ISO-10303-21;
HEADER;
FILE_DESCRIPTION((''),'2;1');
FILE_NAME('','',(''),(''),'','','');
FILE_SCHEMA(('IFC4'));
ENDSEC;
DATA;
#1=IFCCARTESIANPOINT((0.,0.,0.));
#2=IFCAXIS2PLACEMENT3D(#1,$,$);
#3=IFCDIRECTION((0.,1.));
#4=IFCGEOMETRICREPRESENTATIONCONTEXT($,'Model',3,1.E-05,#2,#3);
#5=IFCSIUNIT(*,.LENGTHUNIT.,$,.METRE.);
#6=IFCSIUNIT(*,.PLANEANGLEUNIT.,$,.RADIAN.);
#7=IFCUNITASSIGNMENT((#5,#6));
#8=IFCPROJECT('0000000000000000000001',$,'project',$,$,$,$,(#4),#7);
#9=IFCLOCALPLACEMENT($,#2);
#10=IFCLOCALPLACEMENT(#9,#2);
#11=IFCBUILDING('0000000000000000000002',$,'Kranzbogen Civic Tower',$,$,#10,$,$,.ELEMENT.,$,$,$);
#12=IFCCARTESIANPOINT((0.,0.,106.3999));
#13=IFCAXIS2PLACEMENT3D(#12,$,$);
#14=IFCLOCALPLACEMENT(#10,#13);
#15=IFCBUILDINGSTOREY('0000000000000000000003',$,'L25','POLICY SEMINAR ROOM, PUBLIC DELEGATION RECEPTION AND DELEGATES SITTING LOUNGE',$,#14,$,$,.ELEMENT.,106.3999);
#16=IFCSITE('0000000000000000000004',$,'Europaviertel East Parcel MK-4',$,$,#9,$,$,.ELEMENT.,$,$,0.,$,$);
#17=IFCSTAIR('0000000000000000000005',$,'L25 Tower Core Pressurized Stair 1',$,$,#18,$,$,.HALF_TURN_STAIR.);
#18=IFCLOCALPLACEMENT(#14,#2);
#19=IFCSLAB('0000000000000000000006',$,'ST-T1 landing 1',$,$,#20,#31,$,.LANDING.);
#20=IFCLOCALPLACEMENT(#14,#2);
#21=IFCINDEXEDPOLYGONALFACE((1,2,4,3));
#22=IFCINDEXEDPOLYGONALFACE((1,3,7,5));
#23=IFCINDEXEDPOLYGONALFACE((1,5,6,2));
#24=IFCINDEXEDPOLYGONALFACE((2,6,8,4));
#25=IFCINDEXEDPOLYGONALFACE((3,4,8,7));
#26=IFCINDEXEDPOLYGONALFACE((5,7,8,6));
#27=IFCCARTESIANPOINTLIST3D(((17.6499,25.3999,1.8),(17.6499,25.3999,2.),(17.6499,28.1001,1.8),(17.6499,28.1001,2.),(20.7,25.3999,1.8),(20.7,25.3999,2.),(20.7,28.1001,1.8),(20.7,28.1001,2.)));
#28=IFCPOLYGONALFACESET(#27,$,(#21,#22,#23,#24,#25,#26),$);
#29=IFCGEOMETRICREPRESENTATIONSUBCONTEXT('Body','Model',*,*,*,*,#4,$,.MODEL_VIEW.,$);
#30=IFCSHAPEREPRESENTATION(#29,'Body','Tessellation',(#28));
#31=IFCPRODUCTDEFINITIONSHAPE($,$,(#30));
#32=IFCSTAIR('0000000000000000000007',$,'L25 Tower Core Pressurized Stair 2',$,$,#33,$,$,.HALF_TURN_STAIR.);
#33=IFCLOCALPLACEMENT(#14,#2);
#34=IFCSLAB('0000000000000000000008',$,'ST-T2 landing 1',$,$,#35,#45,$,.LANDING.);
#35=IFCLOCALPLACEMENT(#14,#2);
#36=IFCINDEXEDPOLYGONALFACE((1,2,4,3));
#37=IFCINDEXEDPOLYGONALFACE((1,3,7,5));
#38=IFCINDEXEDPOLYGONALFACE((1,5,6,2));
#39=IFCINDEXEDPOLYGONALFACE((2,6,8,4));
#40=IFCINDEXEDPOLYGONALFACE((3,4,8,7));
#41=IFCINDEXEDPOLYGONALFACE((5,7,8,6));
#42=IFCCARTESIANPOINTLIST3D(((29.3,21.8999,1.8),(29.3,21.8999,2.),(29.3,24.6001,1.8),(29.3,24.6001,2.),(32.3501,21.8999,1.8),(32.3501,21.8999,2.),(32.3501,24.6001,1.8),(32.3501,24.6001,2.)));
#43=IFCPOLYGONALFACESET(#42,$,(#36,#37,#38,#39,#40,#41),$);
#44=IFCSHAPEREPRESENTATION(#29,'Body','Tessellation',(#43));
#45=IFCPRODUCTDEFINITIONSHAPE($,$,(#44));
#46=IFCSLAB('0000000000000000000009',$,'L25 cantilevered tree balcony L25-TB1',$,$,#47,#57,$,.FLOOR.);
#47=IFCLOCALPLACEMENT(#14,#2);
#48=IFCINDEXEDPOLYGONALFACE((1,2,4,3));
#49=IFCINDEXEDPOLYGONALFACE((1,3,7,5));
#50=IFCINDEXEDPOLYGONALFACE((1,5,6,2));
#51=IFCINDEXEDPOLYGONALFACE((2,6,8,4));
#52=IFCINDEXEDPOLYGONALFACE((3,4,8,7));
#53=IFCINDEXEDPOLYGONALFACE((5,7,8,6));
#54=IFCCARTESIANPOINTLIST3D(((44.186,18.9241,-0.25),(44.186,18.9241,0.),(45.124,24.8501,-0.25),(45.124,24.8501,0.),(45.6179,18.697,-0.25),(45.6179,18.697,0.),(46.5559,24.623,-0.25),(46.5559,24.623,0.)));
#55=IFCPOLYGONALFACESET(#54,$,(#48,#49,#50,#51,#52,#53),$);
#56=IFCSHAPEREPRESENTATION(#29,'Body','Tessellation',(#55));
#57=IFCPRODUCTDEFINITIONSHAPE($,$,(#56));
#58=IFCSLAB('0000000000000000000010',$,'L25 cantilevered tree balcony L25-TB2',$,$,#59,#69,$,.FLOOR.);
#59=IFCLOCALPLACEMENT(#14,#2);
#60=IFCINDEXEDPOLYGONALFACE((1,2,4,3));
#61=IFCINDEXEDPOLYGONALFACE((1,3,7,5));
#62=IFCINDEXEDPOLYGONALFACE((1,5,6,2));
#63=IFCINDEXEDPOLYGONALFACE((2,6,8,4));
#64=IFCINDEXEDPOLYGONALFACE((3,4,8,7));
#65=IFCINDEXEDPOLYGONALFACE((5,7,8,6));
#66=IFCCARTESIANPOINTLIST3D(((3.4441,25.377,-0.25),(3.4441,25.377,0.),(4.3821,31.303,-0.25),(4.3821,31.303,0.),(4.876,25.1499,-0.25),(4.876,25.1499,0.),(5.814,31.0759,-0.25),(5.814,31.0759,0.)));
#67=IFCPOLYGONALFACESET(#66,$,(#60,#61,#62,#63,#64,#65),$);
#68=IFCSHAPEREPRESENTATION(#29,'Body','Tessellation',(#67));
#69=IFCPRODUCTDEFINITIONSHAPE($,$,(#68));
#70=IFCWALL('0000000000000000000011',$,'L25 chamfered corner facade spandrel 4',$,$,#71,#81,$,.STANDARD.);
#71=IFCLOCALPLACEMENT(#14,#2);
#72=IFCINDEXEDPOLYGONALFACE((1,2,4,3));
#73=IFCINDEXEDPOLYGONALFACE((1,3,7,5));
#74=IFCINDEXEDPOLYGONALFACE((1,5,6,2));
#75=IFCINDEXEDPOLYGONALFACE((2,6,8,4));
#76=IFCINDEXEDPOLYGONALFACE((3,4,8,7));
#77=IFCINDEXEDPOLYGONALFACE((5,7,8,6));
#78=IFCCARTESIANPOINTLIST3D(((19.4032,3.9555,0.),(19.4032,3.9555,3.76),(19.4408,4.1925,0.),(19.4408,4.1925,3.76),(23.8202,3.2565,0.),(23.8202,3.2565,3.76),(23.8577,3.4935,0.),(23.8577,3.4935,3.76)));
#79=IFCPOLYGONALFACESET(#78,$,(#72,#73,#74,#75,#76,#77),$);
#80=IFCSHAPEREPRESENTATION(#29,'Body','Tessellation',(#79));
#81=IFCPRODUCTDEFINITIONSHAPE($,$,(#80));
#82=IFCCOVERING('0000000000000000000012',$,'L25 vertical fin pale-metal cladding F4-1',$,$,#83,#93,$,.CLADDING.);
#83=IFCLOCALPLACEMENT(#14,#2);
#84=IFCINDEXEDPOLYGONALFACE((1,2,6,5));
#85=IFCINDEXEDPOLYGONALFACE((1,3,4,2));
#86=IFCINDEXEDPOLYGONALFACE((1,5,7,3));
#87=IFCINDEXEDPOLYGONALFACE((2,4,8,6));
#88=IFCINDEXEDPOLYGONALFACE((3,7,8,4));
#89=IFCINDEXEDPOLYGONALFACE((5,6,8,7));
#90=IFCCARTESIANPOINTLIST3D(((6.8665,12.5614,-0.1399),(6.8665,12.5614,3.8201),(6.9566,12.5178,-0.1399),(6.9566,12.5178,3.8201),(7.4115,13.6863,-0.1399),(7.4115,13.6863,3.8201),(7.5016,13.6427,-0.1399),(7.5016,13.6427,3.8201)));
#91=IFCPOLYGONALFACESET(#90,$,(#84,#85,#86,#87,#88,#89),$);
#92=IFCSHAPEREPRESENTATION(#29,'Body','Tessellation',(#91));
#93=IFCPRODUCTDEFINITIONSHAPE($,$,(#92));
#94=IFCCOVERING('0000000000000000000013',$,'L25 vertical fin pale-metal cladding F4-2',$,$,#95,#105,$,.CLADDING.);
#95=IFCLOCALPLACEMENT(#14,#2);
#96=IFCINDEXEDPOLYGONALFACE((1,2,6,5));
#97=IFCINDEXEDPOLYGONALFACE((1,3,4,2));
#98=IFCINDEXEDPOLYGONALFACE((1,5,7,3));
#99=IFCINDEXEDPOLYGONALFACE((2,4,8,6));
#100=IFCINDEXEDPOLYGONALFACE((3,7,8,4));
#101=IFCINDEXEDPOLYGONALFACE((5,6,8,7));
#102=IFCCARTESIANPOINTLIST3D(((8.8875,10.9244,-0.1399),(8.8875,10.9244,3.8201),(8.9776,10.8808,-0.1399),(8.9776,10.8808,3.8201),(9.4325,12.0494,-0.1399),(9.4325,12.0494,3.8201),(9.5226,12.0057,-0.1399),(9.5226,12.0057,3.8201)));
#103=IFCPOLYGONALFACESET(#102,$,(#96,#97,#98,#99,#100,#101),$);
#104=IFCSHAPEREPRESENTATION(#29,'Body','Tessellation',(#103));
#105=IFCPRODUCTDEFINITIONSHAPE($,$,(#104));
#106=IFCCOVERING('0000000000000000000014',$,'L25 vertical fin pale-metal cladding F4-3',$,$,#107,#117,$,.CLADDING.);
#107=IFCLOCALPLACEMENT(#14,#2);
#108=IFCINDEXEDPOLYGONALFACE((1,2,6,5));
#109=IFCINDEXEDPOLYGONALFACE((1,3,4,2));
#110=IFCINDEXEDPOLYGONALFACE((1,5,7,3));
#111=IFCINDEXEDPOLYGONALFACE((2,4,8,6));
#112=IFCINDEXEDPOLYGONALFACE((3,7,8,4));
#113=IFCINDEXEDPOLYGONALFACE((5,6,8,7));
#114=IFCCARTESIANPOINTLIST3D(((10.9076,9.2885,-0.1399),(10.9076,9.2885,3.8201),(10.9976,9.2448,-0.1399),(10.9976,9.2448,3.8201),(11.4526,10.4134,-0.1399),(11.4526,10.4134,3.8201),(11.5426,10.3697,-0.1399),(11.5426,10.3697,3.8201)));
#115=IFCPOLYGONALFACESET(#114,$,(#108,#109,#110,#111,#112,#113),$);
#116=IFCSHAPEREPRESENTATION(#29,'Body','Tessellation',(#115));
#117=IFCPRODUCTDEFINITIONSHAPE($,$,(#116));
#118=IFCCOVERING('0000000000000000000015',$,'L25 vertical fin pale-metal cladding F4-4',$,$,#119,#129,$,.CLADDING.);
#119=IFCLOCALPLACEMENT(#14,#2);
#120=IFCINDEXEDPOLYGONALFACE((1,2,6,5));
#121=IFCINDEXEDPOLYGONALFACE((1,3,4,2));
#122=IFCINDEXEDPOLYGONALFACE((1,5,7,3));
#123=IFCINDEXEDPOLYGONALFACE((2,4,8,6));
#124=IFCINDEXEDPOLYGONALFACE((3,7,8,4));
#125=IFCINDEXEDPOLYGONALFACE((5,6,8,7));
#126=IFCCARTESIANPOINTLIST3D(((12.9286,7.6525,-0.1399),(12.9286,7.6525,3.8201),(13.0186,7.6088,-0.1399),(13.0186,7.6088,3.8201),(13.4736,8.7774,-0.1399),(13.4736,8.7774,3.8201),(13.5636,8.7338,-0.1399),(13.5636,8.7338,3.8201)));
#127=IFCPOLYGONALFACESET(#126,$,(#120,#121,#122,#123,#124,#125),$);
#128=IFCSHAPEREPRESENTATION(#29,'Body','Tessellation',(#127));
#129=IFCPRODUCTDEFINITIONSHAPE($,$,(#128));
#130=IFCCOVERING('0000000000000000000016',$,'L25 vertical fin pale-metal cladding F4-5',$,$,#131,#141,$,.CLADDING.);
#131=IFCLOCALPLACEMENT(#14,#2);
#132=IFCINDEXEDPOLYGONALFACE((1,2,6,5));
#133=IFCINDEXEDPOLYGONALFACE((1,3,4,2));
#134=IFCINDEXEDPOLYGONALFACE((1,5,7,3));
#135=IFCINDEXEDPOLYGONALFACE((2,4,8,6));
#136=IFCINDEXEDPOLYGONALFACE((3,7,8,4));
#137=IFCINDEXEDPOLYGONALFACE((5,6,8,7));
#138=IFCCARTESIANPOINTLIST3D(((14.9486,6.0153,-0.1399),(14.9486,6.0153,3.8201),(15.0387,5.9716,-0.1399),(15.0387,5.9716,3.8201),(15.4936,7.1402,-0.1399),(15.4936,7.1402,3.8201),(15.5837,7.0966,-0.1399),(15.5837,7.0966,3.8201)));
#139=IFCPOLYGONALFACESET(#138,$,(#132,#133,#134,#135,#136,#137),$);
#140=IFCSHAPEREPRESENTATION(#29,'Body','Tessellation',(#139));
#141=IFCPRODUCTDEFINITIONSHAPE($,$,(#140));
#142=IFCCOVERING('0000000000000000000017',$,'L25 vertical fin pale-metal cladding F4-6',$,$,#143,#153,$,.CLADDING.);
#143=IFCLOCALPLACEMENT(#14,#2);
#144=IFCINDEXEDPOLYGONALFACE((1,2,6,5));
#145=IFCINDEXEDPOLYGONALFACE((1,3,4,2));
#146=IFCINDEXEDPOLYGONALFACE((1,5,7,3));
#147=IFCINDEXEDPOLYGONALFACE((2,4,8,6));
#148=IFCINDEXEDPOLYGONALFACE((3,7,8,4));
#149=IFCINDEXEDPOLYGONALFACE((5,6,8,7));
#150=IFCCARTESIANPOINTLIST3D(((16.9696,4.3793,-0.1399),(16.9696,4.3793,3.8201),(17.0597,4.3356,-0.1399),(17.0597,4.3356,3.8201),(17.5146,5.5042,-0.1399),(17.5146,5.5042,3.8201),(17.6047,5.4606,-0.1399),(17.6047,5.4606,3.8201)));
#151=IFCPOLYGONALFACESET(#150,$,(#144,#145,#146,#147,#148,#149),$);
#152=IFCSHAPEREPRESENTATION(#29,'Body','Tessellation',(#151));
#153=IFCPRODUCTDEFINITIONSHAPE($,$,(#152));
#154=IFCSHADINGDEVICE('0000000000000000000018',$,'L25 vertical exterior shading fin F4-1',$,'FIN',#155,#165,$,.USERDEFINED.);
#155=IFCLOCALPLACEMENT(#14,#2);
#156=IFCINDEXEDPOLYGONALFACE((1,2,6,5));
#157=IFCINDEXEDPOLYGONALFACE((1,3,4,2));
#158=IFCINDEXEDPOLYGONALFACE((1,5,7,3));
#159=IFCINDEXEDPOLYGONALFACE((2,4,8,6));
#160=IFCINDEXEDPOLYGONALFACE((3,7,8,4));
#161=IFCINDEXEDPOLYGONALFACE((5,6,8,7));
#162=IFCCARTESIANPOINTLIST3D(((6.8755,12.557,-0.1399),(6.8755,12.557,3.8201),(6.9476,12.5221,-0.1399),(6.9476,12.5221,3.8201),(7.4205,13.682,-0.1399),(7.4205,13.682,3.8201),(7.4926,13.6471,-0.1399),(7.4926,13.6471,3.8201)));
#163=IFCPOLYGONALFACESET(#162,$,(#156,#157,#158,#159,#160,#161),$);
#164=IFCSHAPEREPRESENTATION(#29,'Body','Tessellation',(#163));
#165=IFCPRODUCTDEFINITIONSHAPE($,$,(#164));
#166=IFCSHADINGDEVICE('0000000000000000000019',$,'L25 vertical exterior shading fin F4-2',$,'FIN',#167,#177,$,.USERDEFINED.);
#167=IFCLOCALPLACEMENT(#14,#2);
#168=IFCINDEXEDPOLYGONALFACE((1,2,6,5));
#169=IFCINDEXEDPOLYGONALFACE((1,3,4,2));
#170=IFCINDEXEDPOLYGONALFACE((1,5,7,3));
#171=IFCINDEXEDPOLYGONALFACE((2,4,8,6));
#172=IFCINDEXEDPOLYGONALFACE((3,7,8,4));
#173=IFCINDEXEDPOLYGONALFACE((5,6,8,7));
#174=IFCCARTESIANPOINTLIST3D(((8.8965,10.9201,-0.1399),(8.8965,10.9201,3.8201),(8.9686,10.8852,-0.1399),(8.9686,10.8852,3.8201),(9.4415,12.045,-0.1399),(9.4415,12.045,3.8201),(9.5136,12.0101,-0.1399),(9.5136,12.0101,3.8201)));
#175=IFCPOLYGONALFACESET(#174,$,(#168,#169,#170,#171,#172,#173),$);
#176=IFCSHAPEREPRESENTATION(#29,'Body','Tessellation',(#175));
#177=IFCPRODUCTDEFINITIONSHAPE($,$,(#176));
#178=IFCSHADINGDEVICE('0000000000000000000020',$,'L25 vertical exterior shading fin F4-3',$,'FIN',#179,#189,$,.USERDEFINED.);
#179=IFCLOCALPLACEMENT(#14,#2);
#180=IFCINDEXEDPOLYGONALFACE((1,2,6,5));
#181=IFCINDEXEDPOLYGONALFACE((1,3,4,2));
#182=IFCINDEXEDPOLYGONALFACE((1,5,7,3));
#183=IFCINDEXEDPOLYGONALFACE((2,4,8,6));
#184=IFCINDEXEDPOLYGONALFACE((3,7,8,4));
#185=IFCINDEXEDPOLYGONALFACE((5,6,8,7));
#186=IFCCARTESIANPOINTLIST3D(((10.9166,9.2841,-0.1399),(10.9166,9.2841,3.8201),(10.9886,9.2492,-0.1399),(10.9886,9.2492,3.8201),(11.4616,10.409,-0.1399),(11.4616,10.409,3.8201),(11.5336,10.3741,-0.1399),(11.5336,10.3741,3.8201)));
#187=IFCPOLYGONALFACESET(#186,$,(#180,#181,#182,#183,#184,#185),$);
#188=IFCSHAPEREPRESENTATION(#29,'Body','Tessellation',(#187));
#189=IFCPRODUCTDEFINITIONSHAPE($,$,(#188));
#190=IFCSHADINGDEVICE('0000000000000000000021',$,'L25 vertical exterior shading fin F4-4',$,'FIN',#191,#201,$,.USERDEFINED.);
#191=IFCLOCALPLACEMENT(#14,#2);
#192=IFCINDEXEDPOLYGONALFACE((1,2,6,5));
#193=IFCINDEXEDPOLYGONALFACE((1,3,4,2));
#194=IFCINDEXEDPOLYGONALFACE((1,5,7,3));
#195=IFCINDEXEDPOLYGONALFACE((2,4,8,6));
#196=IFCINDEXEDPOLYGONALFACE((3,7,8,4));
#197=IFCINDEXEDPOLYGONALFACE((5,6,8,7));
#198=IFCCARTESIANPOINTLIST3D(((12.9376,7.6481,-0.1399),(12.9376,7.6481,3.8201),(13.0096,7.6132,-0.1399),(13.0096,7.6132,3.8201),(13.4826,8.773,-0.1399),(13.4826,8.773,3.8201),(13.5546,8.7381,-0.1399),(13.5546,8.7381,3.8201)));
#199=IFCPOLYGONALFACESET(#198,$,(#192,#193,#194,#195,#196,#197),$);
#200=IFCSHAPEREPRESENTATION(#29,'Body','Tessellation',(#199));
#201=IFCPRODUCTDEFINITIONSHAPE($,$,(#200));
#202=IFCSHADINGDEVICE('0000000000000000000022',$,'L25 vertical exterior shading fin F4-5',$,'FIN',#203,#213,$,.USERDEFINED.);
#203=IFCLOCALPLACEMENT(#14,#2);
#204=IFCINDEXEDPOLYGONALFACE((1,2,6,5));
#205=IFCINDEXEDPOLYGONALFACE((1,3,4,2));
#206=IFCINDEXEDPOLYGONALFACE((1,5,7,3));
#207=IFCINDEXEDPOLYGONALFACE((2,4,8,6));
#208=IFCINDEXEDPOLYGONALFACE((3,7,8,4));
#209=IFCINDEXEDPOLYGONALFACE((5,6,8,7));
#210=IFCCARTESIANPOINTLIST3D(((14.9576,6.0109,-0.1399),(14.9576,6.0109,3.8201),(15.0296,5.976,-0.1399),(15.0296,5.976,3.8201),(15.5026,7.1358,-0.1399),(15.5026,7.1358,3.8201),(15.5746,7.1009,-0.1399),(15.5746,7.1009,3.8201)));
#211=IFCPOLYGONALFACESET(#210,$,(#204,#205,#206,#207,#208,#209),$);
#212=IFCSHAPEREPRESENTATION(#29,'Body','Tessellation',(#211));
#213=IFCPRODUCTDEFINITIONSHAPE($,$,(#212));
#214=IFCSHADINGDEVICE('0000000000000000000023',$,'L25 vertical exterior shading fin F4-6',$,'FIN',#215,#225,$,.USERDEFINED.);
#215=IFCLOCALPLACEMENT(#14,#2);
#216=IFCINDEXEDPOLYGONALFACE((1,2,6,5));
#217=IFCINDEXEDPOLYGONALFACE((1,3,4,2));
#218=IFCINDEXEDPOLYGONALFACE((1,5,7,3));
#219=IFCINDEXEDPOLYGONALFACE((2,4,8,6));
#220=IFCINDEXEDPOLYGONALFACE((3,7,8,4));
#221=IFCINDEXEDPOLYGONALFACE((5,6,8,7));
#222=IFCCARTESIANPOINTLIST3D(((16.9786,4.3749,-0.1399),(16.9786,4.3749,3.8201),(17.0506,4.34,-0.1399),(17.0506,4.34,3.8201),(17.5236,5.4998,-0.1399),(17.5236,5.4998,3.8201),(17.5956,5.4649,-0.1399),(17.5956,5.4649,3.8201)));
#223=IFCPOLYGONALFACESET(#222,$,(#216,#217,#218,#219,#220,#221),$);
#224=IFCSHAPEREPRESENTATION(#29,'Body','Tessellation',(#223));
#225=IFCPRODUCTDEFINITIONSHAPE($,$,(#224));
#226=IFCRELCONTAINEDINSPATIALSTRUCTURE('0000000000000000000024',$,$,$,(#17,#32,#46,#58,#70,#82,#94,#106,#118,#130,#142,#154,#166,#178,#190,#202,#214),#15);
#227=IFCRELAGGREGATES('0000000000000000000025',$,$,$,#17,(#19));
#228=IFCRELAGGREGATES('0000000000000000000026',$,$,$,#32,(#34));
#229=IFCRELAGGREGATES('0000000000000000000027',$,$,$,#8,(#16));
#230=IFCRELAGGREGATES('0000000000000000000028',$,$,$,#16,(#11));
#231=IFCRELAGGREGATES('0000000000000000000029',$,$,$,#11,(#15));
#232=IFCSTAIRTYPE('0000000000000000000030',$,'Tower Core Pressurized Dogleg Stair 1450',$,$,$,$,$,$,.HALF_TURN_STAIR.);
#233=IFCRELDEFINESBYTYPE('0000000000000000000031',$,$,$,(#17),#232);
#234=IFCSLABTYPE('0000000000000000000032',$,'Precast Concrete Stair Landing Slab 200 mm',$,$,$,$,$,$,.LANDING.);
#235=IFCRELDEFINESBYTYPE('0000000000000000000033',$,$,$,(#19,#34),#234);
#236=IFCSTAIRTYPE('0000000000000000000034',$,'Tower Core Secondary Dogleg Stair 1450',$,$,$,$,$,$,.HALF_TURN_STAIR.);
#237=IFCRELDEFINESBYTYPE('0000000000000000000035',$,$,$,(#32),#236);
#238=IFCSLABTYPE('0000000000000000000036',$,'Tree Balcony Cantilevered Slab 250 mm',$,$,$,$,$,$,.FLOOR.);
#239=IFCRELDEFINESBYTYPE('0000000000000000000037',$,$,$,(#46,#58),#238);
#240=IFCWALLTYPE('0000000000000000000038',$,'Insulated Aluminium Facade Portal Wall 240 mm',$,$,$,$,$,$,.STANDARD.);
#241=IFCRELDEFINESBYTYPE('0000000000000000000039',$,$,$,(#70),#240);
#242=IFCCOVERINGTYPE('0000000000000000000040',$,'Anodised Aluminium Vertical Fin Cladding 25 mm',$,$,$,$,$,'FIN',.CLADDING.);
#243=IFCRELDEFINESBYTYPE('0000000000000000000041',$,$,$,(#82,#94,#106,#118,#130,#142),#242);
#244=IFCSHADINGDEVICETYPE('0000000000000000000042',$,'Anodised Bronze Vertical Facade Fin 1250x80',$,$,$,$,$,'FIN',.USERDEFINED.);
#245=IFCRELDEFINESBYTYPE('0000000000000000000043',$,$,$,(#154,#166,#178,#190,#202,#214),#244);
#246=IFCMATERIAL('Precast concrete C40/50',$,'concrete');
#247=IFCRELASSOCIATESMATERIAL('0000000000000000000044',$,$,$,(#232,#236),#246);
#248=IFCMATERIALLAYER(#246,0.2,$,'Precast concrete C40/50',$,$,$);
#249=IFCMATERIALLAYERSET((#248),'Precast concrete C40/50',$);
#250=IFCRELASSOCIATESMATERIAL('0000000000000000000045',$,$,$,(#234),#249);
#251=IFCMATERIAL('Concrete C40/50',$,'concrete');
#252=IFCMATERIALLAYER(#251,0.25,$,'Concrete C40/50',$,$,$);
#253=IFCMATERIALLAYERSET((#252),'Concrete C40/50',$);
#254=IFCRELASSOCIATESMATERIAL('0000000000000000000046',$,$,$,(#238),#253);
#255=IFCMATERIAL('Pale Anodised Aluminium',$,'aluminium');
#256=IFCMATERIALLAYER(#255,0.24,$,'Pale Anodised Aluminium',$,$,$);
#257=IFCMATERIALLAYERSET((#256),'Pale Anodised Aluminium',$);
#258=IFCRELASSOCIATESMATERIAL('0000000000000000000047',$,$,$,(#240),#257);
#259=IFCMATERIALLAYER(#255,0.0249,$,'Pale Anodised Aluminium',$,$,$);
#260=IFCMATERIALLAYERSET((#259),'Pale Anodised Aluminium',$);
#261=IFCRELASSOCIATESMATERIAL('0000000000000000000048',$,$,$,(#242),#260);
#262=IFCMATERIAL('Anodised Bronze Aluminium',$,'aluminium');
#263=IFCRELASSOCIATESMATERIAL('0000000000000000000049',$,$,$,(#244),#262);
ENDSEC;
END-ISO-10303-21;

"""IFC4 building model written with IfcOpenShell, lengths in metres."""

from ifc_helpers import new_model, si_unit, direction, frame, frame_2d, origin, origin_2d, place, context, subcontext, project, spatial, polyline, rectangle, outline, extrude, material, layer, layer_set, type_object, element, aggregate, save


model = new_model("IFC4")

# Units and contexts
model_context = context("Model", 3, precision=1e-05, world=origin(), true_north=direction((0.0, 1.0)))
body_context = subcontext(model_context, "Body", "Model", "MODEL_VIEW")
ifc_project = project(units=[si_unit("LENGTHUNIT", "METRE"), si_unit("PLANEANGLEUNIT", "RADIAN")], contexts=[model_context])

# Site, building, storey
site_placement = place(None, origin())
site = spatial("IfcSite", under=ifc_project, at=site_placement, Name="Europaviertel East Parcel MK-4", CompositionType="ELEMENT", RefElevation=0.0)
building_placement = place(site_placement, origin())
building = spatial("IfcBuilding", under=site, at=building_placement, Name="Kranzbogen Civic Tower", CompositionType="ELEMENT")
storey_placement = place(building_placement, frame((0.0, 0.0, 106.3999)))
storey = spatial("IfcBuildingStorey", under=building, at=storey_placement, Name="L25", Description="POLICY SEMINAR ROOM, PUBLIC DELEGATION RECEPTION AND DELEGATES SITTING LOUNGE", CompositionType="ELEMENT", Elevation=106.3999)

# Shared definitions
ifc_material_1 = material(Name="Pale Anodised Aluminium", Category="aluminium")

# Shared definitions
ifc_material_2 = material(Name="Concrete C40/50", Category="concrete")

# Stairs, slabs
ifc_material_3 = material(Name="Precast concrete C40/50", Category="concrete")
stair_type_1 = type_object("IfcStairType", Name="Tower Core Pressurized Dogleg Stair 1450", PredefinedType="HALF_TURN_STAIR", material=ifc_material_3)
stair_1_placement = place(storey_placement, origin())
stair_1 = element("IfcStair", 1, at=stair_1_placement, inside=storey, type_object=stair_type_1, Name="L25 Tower Core Pressurized Stair 1", PredefinedType="HALF_TURN_STAIR")
ifc_layer_1 = layer(ifc_material_3, 0.2, Name="Precast concrete C40/50")
ifc_layer_set_1 = layer_set([ifc_layer_1], Name="Precast concrete C40/50")
slab_type_1 = type_object("IfcSlabType", Name="Precast Concrete Stair Landing Slab 200 mm", PredefinedType="LANDING", material=ifc_layer_set_1)
slab_1_placement = place(storey_placement, frame((0.0, 0.0, 1.8)))
slab_1 = element("IfcSlab", 2, at=slab_1_placement, type_object=slab_type_1, Name="ST-T1 landing 1", PredefinedType="LANDING", context=body_context, shape_type="SweptSolid", body=[
    extrude(outline(polyline([(20.7, 25.3999), (20.7, 28.1001), (17.6499, 28.1001), (17.6499, 25.3999), (20.7, 25.3999)])), origin(), (0.0, 0.0, 1.0), 0.2),
])
aggregate(stair_1, [slab_1])
stair_type_2 = type_object("IfcStairType", Name="Tower Core Secondary Dogleg Stair 1450", PredefinedType="HALF_TURN_STAIR", material=ifc_material_3)
stair_2_placement = place(storey_placement, origin())
stair_2 = element("IfcStair", 3, at=stair_2_placement, inside=storey, type_object=stair_type_2, Name="L25 Tower Core Pressurized Stair 2", PredefinedType="HALF_TURN_STAIR")
slab_2_placement = place(storey_placement, frame((0.0, 0.0, 1.8)))
slab_2 = element("IfcSlab", 4, at=slab_2_placement, type_object=slab_type_1, Name="ST-T2 landing 1", PredefinedType="LANDING", context=body_context, shape_type="SweptSolid", body=[
    extrude(outline(polyline([(29.3, 24.6001), (29.3, 21.8999), (32.3501, 21.8999), (32.3501, 24.6001), (29.3, 24.6001)])), origin(), (0.0, 0.0, 1.0), 0.2),
])
aggregate(stair_2, [slab_2])

# Slabs
ifc_layer_2 = layer(ifc_material_2, 0.25, Name="Concrete C40/50")
ifc_layer_set_2 = layer_set([ifc_layer_2], Name="Concrete C40/50")
slab_type_2 = type_object("IfcSlabType", Name="Tree Balcony Cantilevered Slab 250 mm", PredefinedType="FLOOR", material=ifc_layer_set_2)
slab_3_placement = place(storey_placement, frame((0.0, 0.0, -0.25)))
element("IfcSlab", 5, at=slab_3_placement, inside=storey, type_object=slab_type_2, Name="L25 cantilevered tree balcony L25-TB1", PredefinedType="FLOOR", context=body_context, shape_type="SweptSolid", body=[
    extrude(outline(polyline([(44.186, 18.9241), (45.124, 24.8501), (46.5559, 24.623), (45.6179, 18.697), (44.186, 18.9241)])), origin(), (0.0, 0.0, 1.0), 0.25),
])
slab_4_placement = place(storey_placement, frame((0.0, 0.0, -0.25)))
element("IfcSlab", 6, at=slab_4_placement, inside=storey, type_object=slab_type_2, Name="L25 cantilevered tree balcony L25-TB2", PredefinedType="FLOOR", context=body_context, shape_type="SweptSolid", body=[
    extrude(outline(polyline([(5.814, 31.0759), (4.876, 25.1499), (3.4441, 25.377), (4.3821, 31.303), (5.814, 31.0759)])), origin(), (0.0, 0.0, 1.0), 0.25),
])

# Wall
ifc_layer_3 = layer(ifc_material_1, 0.24, Name="Pale Anodised Aluminium")
ifc_layer_set_3 = layer_set([ifc_layer_3], Name="Pale Anodised Aluminium")
wall_type = type_object("IfcWallType", Name="Insulated Aluminium Facade Portal Wall 240 mm", PredefinedType="STANDARD", material=ifc_layer_set_3)
wall_placement = place(storey_placement, frame((19.4221, 4.074, 0.0), z_axis=(0.0, 0.0, 1.0), x_axis=(0.987709, -0.156302, 0.0)))
element("IfcWall", 7, at=wall_placement, inside=storey, type_object=wall_type, Name="L25 chamfered corner facade spandrel 4", PredefinedType="STANDARD", context=body_context, shape_type="SweptSolid", body=[
    extrude(rectangle(XDim=4.4719, YDim=0.24, at=frame_2d((2.2358, 0.0))), origin(), (0.0, 0.0, 1.0), 3.76),
])

# Coverings
ifc_layer_4 = layer(ifc_material_1, 0.0249, Name="Pale Anodised Aluminium")
ifc_layer_set_4 = layer_set([ifc_layer_4], Name="Pale Anodised Aluminium")
covering_type_1 = type_object("IfcCoveringType", Name="Anodised Aluminium Vertical Fin Cladding 25 mm", ElementType="FIN", PredefinedType="CLADDING", material=ifc_layer_set_4)
for number, where, z_axis, x_axis, name in (
    (8, (7.1841, 13.1021, -0.1399), (0.0, 0.0, 1.0), (-0.436001, -0.899946, 0.0), "L25 vertical fin pale-metal cladding F4-1"),
    (9, (9.2051, 11.4651, -0.1399), (0.0, 0.0, 1.0), (-0.436001, -0.899946, 0.0), "L25 vertical fin pale-metal cladding F4-2"),
    (10, (11.2251, 9.8291, -0.1399), (0.0, 0.0, 1.0), (-0.436001, -0.899946, 0.0), "L25 vertical fin pale-metal cladding F4-3"),
    (11, (13.2461, 8.1931, -0.1399), (0.0, 0.0, 1.0), (-0.436001, -0.899946, 0.0), "L25 vertical fin pale-metal cladding F4-4"),
    (12, (15.2661, 6.5559, -0.1399), (0.0, 0.0, 1.0), (-0.436001, -0.899946, 0.0), "L25 vertical fin pale-metal cladding F4-5"),
    (13, (17.2871, 4.9199, -0.1399), (0.0, 0.0, 1.0), (-0.436001, -0.899946, 0.0), "L25 vertical fin pale-metal cladding F4-6"),
):
    element("IfcCovering", number, at=place(storey_placement, frame(where, z_axis=z_axis, x_axis=x_axis)), inside=storey, type_object=covering_type_1, Name=name, PredefinedType="CLADDING", context=body_context, shape_type="SweptSolid", body=[
        extrude(rectangle(XDim=1.25, YDim=0.1001, at=origin_2d()), origin(), (0.0, 0.0, 1.0), 3.96),
    ])

# Shading devices
ifc_material_4 = material(Name="Anodised Bronze Aluminium", Category="aluminium")
shading_device_type = type_object("IfcShadingDeviceType", Name="Anodised Bronze Vertical Facade Fin 1250x80", ElementType="FIN", PredefinedType="USERDEFINED", material=ifc_material_4)
for number, where, z_axis, x_axis, name in (
    (14, (7.1841, 13.1021, -0.1399), (0.0, 0.0, 1.0), (-0.436001, -0.899946, 0.0), "L25 vertical exterior shading fin F4-1"),
    (15, (9.2051, 11.4651, -0.1399), (0.0, 0.0, 1.0), (-0.436001, -0.899946, 0.0), "L25 vertical exterior shading fin F4-2"),
    (16, (11.2251, 9.8291, -0.1399), (0.0, 0.0, 1.0), (-0.436001, -0.899946, 0.0), "L25 vertical exterior shading fin F4-3"),
    (17, (13.2461, 8.1931, -0.1399), (0.0, 0.0, 1.0), (-0.436001, -0.899946, 0.0), "L25 vertical exterior shading fin F4-4"),
    (18, (15.2661, 6.5559, -0.1399), (0.0, 0.0, 1.0), (-0.436001, -0.899946, 0.0), "L25 vertical exterior shading fin F4-5"),
    (19, (17.2871, 4.9199, -0.1399), (0.0, 0.0, 1.0), (-0.436001, -0.899946, 0.0), "L25 vertical exterior shading fin F4-6"),
):
    element("IfcShadingDevice", number, at=place(storey_placement, frame(where, z_axis=z_axis, x_axis=x_axis)), inside=storey, type_object=shading_device_type, Name=name, ObjectType="FIN", PredefinedType="USERDEFINED", context=body_context, shape_type="SweptSolid", body=[
        extrude(rectangle(XDim=1.25, YDim=0.0801, at=origin_2d()), origin(), (0.0, 0.0, 1.0), 3.96),
    ])

save(model, "model.ifc")
